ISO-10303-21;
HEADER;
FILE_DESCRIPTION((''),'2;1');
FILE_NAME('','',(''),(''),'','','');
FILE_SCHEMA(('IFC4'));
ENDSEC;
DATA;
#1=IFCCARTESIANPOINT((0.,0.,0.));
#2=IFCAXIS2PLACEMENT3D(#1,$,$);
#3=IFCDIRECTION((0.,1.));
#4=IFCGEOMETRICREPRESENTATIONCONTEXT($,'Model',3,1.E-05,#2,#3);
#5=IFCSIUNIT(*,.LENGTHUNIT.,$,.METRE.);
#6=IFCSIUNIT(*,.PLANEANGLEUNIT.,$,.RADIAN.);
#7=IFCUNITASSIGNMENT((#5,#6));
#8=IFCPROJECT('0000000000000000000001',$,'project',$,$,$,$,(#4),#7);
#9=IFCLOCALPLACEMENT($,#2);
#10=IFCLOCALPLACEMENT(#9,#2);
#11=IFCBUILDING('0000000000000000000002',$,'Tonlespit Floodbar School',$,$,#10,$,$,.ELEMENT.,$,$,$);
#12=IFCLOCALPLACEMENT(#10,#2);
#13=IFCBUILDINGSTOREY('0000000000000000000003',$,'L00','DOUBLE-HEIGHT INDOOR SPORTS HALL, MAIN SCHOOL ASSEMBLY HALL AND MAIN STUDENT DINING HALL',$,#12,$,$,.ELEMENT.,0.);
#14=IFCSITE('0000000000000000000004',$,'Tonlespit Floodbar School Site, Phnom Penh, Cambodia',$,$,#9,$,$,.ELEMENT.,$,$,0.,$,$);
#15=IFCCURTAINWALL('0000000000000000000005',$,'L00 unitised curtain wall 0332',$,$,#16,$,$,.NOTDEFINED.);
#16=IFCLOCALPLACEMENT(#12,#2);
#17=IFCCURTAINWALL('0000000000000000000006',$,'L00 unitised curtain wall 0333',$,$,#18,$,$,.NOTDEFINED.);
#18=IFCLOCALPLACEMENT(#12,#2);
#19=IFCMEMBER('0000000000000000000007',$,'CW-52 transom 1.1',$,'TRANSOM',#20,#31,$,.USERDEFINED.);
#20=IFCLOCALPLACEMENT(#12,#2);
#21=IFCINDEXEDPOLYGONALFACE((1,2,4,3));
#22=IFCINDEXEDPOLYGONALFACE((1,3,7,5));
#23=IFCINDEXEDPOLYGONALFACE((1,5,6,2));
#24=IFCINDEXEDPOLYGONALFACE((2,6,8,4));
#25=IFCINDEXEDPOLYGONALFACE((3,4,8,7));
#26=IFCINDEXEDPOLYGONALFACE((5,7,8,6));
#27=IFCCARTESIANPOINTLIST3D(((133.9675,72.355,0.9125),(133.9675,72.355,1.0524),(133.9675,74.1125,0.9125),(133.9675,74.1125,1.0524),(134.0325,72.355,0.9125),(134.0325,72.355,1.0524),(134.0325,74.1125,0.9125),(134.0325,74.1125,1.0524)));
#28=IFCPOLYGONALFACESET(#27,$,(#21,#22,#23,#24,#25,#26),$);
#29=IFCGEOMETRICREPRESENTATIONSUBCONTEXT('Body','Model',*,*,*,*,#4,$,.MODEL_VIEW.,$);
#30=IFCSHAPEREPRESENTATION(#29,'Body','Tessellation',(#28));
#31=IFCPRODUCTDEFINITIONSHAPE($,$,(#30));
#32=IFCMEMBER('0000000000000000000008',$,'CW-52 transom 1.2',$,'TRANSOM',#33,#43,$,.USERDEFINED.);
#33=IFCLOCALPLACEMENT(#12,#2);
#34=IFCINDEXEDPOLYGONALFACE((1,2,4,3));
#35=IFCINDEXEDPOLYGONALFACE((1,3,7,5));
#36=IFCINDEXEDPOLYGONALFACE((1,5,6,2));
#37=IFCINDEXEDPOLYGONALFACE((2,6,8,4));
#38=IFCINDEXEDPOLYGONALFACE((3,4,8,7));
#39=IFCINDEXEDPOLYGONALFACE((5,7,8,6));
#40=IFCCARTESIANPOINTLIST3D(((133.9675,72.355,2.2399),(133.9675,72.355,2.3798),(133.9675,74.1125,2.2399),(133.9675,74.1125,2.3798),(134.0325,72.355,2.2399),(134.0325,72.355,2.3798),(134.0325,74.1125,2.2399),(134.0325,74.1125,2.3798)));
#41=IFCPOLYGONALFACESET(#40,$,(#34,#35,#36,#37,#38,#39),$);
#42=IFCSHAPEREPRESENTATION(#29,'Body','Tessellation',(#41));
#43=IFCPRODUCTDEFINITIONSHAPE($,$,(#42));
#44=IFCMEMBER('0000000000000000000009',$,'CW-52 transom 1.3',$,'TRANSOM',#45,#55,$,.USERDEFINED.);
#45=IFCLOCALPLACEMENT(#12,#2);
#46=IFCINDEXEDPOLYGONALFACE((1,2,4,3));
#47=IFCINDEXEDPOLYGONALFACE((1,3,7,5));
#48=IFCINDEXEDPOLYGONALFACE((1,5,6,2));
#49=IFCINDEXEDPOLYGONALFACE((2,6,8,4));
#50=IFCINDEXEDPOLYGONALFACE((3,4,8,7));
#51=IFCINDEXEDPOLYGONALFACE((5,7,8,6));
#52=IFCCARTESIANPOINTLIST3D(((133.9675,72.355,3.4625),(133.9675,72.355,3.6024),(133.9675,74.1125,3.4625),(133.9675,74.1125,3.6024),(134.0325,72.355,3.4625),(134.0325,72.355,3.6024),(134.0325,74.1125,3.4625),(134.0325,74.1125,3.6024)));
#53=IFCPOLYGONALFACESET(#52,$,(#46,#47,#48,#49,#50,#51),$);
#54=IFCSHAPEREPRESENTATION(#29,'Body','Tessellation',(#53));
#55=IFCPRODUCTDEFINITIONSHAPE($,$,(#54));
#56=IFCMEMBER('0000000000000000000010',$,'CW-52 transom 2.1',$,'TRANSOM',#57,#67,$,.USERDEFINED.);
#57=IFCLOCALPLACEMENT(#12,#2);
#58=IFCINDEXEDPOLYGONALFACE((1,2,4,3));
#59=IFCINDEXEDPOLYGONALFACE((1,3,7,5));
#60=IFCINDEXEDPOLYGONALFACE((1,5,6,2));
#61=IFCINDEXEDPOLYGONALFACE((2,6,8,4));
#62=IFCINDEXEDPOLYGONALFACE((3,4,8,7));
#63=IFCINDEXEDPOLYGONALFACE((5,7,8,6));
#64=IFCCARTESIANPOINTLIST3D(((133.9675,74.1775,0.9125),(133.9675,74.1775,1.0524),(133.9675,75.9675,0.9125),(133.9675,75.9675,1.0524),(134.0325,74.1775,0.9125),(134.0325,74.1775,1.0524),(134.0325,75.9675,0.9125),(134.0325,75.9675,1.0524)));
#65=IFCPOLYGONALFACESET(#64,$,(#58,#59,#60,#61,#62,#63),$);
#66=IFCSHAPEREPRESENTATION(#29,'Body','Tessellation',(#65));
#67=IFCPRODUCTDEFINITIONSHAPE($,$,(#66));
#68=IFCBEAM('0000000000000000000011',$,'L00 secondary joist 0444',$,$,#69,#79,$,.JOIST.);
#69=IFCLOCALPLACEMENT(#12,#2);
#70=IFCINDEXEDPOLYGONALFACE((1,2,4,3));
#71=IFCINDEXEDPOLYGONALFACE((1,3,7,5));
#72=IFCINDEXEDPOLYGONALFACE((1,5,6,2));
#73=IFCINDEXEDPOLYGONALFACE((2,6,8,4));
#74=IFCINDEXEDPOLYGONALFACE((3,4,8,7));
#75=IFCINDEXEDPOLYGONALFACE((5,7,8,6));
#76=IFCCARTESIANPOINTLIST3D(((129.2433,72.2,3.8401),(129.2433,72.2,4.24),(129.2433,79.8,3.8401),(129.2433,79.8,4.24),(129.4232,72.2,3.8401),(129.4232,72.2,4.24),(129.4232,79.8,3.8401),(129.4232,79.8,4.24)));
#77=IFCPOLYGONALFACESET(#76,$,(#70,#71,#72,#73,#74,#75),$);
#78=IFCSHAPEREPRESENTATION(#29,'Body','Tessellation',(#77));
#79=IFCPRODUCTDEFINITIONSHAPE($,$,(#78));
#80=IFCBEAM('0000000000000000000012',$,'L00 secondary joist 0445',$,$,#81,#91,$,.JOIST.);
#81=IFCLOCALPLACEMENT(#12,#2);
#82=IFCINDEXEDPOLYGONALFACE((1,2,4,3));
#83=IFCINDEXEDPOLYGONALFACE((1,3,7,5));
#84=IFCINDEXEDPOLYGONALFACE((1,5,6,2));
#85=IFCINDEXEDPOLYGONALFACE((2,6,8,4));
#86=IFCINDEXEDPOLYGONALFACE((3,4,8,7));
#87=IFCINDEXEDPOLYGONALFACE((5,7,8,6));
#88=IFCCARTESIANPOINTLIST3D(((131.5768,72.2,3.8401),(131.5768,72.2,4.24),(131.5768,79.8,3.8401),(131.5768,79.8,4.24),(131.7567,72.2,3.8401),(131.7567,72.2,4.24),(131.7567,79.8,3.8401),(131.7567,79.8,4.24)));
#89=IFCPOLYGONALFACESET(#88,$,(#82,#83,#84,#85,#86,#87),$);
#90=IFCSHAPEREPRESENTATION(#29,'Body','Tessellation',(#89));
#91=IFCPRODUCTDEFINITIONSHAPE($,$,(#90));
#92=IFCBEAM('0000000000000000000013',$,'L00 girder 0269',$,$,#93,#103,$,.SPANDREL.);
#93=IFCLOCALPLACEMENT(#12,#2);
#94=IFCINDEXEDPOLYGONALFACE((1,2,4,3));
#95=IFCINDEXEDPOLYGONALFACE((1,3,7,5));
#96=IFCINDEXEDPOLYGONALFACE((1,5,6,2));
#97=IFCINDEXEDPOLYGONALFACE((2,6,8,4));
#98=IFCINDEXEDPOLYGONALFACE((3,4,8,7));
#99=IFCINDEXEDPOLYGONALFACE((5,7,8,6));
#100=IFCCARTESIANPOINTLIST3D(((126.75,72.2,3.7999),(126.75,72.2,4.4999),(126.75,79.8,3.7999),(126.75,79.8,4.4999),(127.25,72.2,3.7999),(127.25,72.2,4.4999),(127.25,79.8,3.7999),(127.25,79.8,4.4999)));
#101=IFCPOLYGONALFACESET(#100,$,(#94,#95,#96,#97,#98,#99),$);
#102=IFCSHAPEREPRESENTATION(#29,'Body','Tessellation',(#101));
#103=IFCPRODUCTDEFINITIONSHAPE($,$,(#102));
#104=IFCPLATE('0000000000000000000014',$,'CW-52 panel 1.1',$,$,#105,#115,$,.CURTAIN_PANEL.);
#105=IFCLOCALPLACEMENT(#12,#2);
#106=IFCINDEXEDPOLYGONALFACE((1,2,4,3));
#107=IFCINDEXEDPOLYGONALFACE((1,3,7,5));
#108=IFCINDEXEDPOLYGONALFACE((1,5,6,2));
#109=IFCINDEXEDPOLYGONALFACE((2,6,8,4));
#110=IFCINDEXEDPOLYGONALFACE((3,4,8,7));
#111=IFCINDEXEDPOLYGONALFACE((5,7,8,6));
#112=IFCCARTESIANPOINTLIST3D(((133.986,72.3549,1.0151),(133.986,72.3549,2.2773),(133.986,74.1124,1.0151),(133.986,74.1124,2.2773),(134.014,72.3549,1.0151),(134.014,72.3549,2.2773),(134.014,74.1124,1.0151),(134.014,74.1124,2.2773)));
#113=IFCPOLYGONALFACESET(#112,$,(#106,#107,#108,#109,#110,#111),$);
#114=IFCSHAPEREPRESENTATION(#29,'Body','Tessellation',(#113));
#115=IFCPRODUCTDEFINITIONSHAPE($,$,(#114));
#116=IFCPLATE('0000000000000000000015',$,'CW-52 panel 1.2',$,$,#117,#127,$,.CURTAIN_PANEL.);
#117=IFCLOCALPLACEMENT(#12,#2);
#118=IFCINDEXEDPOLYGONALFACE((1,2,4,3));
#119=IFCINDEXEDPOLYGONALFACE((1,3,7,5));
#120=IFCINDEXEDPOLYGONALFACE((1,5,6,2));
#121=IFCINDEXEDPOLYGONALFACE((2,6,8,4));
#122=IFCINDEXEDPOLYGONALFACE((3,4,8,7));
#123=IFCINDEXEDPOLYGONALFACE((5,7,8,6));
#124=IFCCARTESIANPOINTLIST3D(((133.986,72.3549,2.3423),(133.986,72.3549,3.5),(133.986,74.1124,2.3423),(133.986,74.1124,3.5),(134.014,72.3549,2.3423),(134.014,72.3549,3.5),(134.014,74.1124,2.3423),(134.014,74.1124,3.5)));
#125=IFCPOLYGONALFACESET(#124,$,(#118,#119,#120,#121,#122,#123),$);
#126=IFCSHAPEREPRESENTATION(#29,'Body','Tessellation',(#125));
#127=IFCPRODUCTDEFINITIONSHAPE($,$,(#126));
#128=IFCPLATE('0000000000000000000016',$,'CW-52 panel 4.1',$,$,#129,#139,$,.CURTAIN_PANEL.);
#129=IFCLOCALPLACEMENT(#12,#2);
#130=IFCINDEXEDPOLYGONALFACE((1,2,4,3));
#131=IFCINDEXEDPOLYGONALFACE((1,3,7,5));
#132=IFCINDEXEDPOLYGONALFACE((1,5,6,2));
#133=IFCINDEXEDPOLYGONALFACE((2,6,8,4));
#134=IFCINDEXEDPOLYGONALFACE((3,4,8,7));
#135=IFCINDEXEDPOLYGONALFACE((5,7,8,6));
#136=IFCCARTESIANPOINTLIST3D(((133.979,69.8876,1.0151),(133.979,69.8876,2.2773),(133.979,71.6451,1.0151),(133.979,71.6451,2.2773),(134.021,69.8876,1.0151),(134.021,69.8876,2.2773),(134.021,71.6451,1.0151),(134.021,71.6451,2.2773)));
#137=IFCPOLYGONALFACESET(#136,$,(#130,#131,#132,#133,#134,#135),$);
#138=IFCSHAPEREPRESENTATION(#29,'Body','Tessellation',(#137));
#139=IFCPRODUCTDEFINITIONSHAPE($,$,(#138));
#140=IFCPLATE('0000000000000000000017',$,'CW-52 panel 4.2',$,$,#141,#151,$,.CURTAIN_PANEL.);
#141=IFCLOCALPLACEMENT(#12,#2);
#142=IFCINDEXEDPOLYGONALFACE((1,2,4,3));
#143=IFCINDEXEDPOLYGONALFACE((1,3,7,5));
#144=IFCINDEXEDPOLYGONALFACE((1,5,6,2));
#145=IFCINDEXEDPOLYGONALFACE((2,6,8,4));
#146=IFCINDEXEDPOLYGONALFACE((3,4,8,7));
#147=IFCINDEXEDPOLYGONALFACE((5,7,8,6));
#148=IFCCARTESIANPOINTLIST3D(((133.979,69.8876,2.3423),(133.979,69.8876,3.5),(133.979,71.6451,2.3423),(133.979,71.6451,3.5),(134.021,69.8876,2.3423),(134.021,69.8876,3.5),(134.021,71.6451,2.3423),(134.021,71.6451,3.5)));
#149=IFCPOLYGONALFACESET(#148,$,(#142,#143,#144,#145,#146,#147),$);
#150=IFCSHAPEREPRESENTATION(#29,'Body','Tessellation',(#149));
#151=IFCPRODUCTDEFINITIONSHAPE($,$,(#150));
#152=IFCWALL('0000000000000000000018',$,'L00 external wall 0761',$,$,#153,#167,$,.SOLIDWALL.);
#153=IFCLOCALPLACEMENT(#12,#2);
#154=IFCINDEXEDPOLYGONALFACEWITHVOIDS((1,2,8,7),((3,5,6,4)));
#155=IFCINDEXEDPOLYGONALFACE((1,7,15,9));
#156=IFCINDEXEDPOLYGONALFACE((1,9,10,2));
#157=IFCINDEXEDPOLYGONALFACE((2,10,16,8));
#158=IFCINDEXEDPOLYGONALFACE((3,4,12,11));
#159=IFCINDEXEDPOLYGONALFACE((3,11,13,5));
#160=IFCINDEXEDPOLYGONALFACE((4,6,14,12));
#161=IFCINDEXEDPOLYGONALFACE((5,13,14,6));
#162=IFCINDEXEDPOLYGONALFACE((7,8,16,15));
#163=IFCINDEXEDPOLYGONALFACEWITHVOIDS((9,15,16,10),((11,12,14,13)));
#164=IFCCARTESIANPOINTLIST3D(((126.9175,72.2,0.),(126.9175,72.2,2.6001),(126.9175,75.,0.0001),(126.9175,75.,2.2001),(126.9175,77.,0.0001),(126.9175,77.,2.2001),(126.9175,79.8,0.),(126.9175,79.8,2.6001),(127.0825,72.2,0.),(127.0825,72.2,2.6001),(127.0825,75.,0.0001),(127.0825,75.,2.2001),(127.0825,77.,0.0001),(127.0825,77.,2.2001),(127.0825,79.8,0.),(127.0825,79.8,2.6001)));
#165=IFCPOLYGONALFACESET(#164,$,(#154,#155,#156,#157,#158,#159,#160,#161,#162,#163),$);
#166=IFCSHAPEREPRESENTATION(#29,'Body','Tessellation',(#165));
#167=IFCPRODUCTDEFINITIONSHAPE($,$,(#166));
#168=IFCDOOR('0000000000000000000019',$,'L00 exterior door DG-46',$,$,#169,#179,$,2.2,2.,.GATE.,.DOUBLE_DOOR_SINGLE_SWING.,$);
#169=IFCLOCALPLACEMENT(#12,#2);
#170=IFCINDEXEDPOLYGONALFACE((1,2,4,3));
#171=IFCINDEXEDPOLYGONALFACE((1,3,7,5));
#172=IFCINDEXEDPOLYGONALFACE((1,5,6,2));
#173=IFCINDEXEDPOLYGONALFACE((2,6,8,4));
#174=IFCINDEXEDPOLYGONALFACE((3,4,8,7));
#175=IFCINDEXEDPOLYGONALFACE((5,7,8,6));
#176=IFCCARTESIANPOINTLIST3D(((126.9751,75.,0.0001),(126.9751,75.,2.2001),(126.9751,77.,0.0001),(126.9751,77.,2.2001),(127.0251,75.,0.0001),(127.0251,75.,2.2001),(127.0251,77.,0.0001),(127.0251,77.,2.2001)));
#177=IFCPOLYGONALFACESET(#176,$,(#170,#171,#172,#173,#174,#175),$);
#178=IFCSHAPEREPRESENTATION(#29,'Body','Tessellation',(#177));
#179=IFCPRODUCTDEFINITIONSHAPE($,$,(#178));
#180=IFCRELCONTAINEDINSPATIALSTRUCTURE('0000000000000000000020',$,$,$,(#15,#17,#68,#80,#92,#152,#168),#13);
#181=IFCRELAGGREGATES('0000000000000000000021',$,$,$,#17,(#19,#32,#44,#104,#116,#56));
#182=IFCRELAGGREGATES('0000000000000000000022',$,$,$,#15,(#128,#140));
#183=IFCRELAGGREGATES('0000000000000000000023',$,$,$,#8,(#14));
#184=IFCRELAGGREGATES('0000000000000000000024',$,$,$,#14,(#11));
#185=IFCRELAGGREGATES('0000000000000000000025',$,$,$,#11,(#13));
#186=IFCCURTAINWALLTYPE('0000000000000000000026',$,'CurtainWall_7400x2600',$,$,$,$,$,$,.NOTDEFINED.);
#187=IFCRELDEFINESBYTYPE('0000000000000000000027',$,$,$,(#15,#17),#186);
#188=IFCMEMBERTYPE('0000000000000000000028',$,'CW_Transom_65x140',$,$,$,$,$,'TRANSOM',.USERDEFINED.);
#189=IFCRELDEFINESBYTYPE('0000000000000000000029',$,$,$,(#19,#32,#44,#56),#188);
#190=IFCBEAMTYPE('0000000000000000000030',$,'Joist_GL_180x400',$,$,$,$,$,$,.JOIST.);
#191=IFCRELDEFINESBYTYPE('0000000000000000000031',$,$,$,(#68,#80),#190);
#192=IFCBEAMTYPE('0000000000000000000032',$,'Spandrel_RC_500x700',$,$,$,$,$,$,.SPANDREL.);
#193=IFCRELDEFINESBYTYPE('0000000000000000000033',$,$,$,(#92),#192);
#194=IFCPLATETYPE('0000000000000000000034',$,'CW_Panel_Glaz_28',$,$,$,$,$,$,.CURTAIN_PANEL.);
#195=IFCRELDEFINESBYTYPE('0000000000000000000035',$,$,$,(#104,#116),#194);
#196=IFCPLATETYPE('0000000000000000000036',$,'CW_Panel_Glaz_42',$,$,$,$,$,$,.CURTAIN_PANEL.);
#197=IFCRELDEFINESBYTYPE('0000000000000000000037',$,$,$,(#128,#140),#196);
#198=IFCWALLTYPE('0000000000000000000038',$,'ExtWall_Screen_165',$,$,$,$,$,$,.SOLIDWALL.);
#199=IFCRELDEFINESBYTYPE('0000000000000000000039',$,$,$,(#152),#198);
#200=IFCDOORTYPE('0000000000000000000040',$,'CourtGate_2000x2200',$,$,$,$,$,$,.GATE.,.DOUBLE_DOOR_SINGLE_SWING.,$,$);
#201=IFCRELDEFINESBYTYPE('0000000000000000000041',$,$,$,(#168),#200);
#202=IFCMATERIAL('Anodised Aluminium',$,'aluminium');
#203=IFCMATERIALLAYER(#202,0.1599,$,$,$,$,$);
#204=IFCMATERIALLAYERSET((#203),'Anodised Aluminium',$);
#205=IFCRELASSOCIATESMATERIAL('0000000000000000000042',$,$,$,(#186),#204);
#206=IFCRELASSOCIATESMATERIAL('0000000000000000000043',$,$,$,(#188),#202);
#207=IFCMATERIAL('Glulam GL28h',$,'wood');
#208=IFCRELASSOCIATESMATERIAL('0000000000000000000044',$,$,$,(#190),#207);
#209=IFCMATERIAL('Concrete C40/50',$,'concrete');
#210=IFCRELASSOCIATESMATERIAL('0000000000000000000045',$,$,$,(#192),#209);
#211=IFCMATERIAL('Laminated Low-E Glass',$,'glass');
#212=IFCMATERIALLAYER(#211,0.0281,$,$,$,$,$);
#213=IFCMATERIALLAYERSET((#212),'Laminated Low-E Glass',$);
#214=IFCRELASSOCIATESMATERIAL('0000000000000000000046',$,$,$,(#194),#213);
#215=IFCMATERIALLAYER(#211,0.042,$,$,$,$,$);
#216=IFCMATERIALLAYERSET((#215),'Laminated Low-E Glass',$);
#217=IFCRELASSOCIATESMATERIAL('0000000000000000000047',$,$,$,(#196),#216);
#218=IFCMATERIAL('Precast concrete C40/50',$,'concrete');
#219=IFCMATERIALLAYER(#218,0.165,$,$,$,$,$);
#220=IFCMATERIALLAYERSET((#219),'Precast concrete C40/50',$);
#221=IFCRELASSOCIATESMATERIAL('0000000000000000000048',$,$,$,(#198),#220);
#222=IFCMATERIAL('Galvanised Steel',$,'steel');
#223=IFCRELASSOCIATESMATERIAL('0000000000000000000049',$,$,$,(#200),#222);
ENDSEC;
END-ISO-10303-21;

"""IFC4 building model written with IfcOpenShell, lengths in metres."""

from ifc_helpers import new_model, si_unit, direction, frame, frame_2d, origin, origin_2d, place, context, subcontext, project, spatial, rectangle, extrude, material, layer, layer_set, material_profile, profile_set, type_object, element, fill, aggregate, save


model = new_model("IFC4")

# Units and contexts
model_context = context("Model", 3, precision=1e-05, world=origin(), true_north=direction((0.0, 1.0)))
body_context = subcontext(model_context, "Body", "Model", "MODEL_VIEW")
ifc_project = project(units=[si_unit("LENGTHUNIT", "METRE"), si_unit("PLANEANGLEUNIT", "RADIAN")], contexts=[model_context])

# Site, building, storey
site_placement = place(None, origin())
site = spatial("IfcSite", under=ifc_project, at=site_placement, Name="Tonlespit Floodbar School Site, Phnom Penh, Cambodia", CompositionType="ELEMENT", RefElevation=0.0)
building_placement = place(site_placement, origin())
building = spatial("IfcBuilding", under=site, at=building_placement, Name="Tonlespit Floodbar School", CompositionType="ELEMENT")
storey_placement = place(building_placement, origin())
storey = spatial("IfcBuildingStorey", under=building, at=storey_placement, Name="L00", Description="DOUBLE-HEIGHT INDOOR SPORTS HALL, MAIN SCHOOL ASSEMBLY HALL AND MAIN STUDENT DINING HALL", CompositionType="ELEMENT", Elevation=0.0)

# Shared definitions
ifc_material_1 = material(Name="Concrete C40/50", Category="concrete")

# Curtain walls
ifc_material_2 = material(Name="Anodised Aluminium", Category="aluminium")
ifc_layer_1 = layer(ifc_material_2, 0.1599)
ifc_layer_set_1 = layer_set([ifc_layer_1], Name="Anodised Aluminium")
curtain_wall_type = type_object("IfcCurtainWallType", Name="CurtainWall_7400x2600", PredefinedType="NOTDEFINED", material=ifc_layer_set_1)
curtain_wall_1_placement = place(storey_placement, origin())
curtain_wall_1 = element("IfcCurtainWall", 1, at=curtain_wall_1_placement, inside=storey, type_object=curtain_wall_type, Name="L00 unitised curtain wall 0332", PredefinedType="NOTDEFINED")
curtain_wall_2_placement = place(storey_placement, origin())
curtain_wall_2 = element("IfcCurtainWall", 2, at=curtain_wall_2_placement, inside=storey, type_object=curtain_wall_type, Name="L00 unitised curtain wall 0333", PredefinedType="NOTDEFINED")

# Members
ifc_material_profile_1 = material_profile(ifc_material_2, rectangle(XDim=0.0649, YDim=0.1399, at=origin_2d()), Name="ALU T65x140")
ifc_profile_set_1 = profile_set([ifc_material_profile_1], Name="Anodised Aluminium")
member_type_1 = type_object("IfcMemberType", Name="CW_Transom_65x140", ElementType="TRANSOM", PredefinedType="USERDEFINED", material=ifc_profile_set_1)
member_1_placement = place(storey_placement, frame((134.0, 72.355, 0.9824), z_axis=(0.0, 1.0, 0.0), x_axis=(-1.0, 0.0, 0.0)))
member_1 = element("IfcMember", 3, at=member_1_placement, type_object=member_type_1, Name="CW-52 transom 1.1", ObjectType="TRANSOM", PredefinedType="USERDEFINED", context=body_context, shape_type="SweptSolid", body=[
    extrude(rectangle(XDim=0.0649, YDim=0.1399, at=origin_2d()), origin(), (0.0, 0.0, 1.0), 1.7576),
])
member_2_placement = place(storey_placement, frame((134.0, 72.355, 2.3098), z_axis=(0.0, 1.0, 0.0), x_axis=(-1.0, 0.0, 0.0)))
member_2 = element("IfcMember", 4, at=member_2_placement, type_object=member_type_1, Name="CW-52 transom 1.2", ObjectType="TRANSOM", PredefinedType="USERDEFINED", context=body_context, shape_type="SweptSolid", body=[
    extrude(rectangle(XDim=0.0649, YDim=0.1399, at=origin_2d()), origin(), (0.0, 0.0, 1.0), 1.7576),
])
member_3_placement = place(storey_placement, frame((134.0, 72.355, 3.5325), z_axis=(0.0, 1.0, 0.0), x_axis=(-1.0, 0.0, 0.0)))
member_3 = element("IfcMember", 5, at=member_3_placement, type_object=member_type_1, Name="CW-52 transom 1.3", ObjectType="TRANSOM", PredefinedType="USERDEFINED", context=body_context, shape_type="SweptSolid", body=[
    extrude(rectangle(XDim=0.0649, YDim=0.1399, at=origin_2d()), origin(), (0.0, 0.0, 1.0), 1.7576),
])
member_4_placement = place(storey_placement, frame((134.0, 74.1775, 0.9824), z_axis=(0.0, 1.0, 0.0), x_axis=(-1.0, 0.0, 0.0)))
member_4 = element("IfcMember", 6, at=member_4_placement, type_object=member_type_1, Name="CW-52 transom 2.1", ObjectType="TRANSOM", PredefinedType="USERDEFINED", context=body_context, shape_type="SweptSolid", body=[
    extrude(rectangle(XDim=0.0649, YDim=0.1399, at=origin_2d()), origin(), (0.0, 0.0, 1.0), 1.79),
])

# Beams
ifc_material_3 = material(Name="Glulam GL28h", Category="wood")
ifc_material_profile_2 = material_profile(ifc_material_3, rectangle(XDim=0.1799, YDim=0.3999, at=origin_2d()), Name="GL 180x400")
ifc_profile_set_2 = profile_set([ifc_material_profile_2], Name="Glulam GL28h")
beam_type_1 = type_object("IfcBeamType", Name="Joist_GL_180x400", PredefinedType="JOIST", material=ifc_profile_set_2)
for number, where, z_axis, x_axis, name in (
    (7, (129.3333, 72.2, 4.04), (0.0, 1.0, 0.0), (-1.0, 0.0, 0.0), "L00 secondary joist 0444"),
    (8, (131.6667, 72.2, 4.04), (0.0, 1.0, 0.0), (-1.0, 0.0, 0.0), "L00 secondary joist 0445"),
):
    element("IfcBeam", number, at=place(storey_placement, frame(where, z_axis=z_axis, x_axis=x_axis)), inside=storey, type_object=beam_type_1, Name=name, PredefinedType="JOIST", context=body_context, shape_type="SweptSolid", body=[
        extrude(rectangle(XDim=0.1799, YDim=0.3999, at=origin_2d()), origin(), (0.0, 0.0, 1.0), 7.6001),
    ])
ifc_material_profile_3 = material_profile(ifc_material_1, rectangle(XDim=0.5, YDim=0.7, at=origin_2d()), Name="RC 500x700")
ifc_profile_set_3 = profile_set([ifc_material_profile_3], Name="Concrete C40/50")
beam_type_2 = type_object("IfcBeamType", Name="Spandrel_RC_500x700", PredefinedType="SPANDREL", material=ifc_profile_set_3)
beam_1_placement = place(storey_placement, frame((127.0, 72.2, 4.1499), z_axis=(0.0, 1.0, 0.0), x_axis=(-1.0, 0.0, 0.0)))
element("IfcBeam", 9, at=beam_1_placement, inside=storey, type_object=beam_type_2, Name="L00 girder 0269", PredefinedType="SPANDREL", context=body_context, shape_type="SweptSolid", body=[
    extrude(rectangle(XDim=0.5, YDim=0.7, at=origin_2d()), origin(), (0.0, 0.0, 1.0), 7.6001),
])

# Plates
ifc_material_4 = material(Name="Laminated Low-E Glass", Category="glass")
ifc_layer_2 = layer(ifc_material_4, 0.0281)
ifc_layer_set_2 = layer_set([ifc_layer_2], Name="Laminated Low-E Glass")
plate_type_1 = type_object("IfcPlateType", Name="CW_Panel_Glaz_28", PredefinedType="CURTAIN_PANEL", material=ifc_layer_set_2)
plate_1_placement = place(storey_placement, frame((134.0, 73.2336, 1.0151), z_axis=(0.0, 0.0, 1.0), x_axis=(0.0, 1.0, 0.0)))
plate_1 = element("IfcPlate", 10, at=plate_1_placement, type_object=plate_type_1, Name="CW-52 panel 1.1", PredefinedType="CURTAIN_PANEL", context=body_context, shape_type="SweptSolid", body=[
    extrude(rectangle(XDim=1.7576, YDim=0.0281, at=origin_2d()), origin(), (0.0, 0.0, 1.0), 1.2622),
])
plate_2_placement = place(storey_placement, frame((134.0, 73.2336, 2.3423), z_axis=(0.0, 0.0, 1.0), x_axis=(0.0, 1.0, 0.0)))
plate_2 = element("IfcPlate", 11, at=plate_2_placement, type_object=plate_type_1, Name="CW-52 panel 1.2", PredefinedType="CURTAIN_PANEL", context=body_context, shape_type="SweptSolid", body=[
    extrude(rectangle(XDim=1.7576, YDim=0.0281, at=origin_2d()), origin(), (0.0, 0.0, 1.0), 1.1577),
])
aggregate(curtain_wall_2, [member_1, member_2, member_3, plate_1, plate_2, member_4])
ifc_layer_3 = layer(ifc_material_4, 0.042)
ifc_layer_set_3 = layer_set([ifc_layer_3], Name="Laminated Low-E Glass")
plate_type_2 = type_object("IfcPlateType", Name="CW_Panel_Glaz_42", PredefinedType="CURTAIN_PANEL", material=ifc_layer_set_3)
plate_3_placement = place(storey_placement, frame((134.0, 70.7664, 1.0151), z_axis=(0.0, 0.0, 1.0), x_axis=(0.0, 1.0, 0.0)))
plate_3 = element("IfcPlate", 12, at=plate_3_placement, type_object=plate_type_2, Name="CW-52 panel 4.1", PredefinedType="CURTAIN_PANEL", context=body_context, shape_type="SweptSolid", body=[
    extrude(rectangle(XDim=1.7576, YDim=0.042, at=origin_2d()), origin(), (0.0, 0.0, 1.0), 1.2622),
])
plate_4_placement = place(storey_placement, frame((134.0, 70.7664, 2.3423), z_axis=(0.0, 0.0, 1.0), x_axis=(0.0, 1.0, 0.0)))
plate_4 = element("IfcPlate", 13, at=plate_4_placement, type_object=plate_type_2, Name="CW-52 panel 4.2", PredefinedType="CURTAIN_PANEL", context=body_context, shape_type="SweptSolid", body=[
    extrude(rectangle(XDim=1.7576, YDim=0.042, at=origin_2d()), origin(), (0.0, 0.0, 1.0), 1.1577),
])
aggregate(curtain_wall_1, [plate_3, plate_4])

# Wall, opening, door
ifc_material_5 = material(Name="Precast concrete C40/50", Category="concrete")
ifc_layer_4 = layer(ifc_material_5, 0.165)
ifc_layer_set_4 = layer_set([ifc_layer_4], Name="Precast concrete C40/50")
wall_type_1 = type_object("IfcWallType", Name="ExtWall_Screen_165", PredefinedType="SOLIDWALL", material=ifc_layer_set_4)
wall_1_placement = place(storey_placement, frame((127.0, 72.2, 0.0), z_axis=(0.0, 0.0, 1.0), x_axis=(0.0, 1.0, 0.0)))
wall_1 = element("IfcWall", 14, at=wall_1_placement, inside=storey, type_object=wall_type_1, Name="L00 external wall 0761", PredefinedType="SOLIDWALL", context=body_context, shape_type="SweptSolid", body=[
    extrude(rectangle(XDim=7.6001, YDim=0.165, at=frame_2d((3.8, 0.0))), origin(), (0.0, 0.0, 1.0), 2.6001),
])
opening_placement = place(wall_1_placement, frame((2.8, 0.0, 0.0)))
opening = element("IfcOpeningElement", 15, at=opening_placement, cuts=wall_1, PredefinedType="OPENING", context=body_context, shape_type="SweptSolid", body=[
    extrude(rectangle(XDim=2.0, YDim=2.2, at=frame_2d((1.0, 1.1001))), frame((0.0, 0.0925, 0.0), z_axis=(0.0, -1.0, 0.0), x_axis=(1.0, 0.0, 0.0)), (0.0, 0.0, 1.0), 0.1851),
])
ifc_material_6 = material(Name="Galvanised Steel", Category="steel")
door_type = type_object("IfcDoorType", Name="CourtGate_2000x2200", OperationType="DOUBLE_DOOR_SINGLE_SWING", PredefinedType="GATE", material=ifc_material_6)
door_placement = place(opening_placement, origin())
door = element("IfcDoor", 16, at=door_placement, inside=storey, type_object=door_type, Name="L00 exterior door DG-46", OperationType="DOUBLE_DOOR_SINGLE_SWING", OverallHeight=2.2, OverallWidth=2.0, PredefinedType="GATE", context=body_context, shape_type="SweptSolid", body=[
    extrude(rectangle(XDim=2.0, YDim=2.2, at=frame_2d((1.0, 1.1001))), frame((0.0, 0.0249, 0.0), z_axis=(0.0, -1.0, 0.0), x_axis=(1.0, 0.0, 0.0)), (0.0, 0.0, 1.0), 0.05),
])
fill(opening, door)

save(model, "model.ifc")
